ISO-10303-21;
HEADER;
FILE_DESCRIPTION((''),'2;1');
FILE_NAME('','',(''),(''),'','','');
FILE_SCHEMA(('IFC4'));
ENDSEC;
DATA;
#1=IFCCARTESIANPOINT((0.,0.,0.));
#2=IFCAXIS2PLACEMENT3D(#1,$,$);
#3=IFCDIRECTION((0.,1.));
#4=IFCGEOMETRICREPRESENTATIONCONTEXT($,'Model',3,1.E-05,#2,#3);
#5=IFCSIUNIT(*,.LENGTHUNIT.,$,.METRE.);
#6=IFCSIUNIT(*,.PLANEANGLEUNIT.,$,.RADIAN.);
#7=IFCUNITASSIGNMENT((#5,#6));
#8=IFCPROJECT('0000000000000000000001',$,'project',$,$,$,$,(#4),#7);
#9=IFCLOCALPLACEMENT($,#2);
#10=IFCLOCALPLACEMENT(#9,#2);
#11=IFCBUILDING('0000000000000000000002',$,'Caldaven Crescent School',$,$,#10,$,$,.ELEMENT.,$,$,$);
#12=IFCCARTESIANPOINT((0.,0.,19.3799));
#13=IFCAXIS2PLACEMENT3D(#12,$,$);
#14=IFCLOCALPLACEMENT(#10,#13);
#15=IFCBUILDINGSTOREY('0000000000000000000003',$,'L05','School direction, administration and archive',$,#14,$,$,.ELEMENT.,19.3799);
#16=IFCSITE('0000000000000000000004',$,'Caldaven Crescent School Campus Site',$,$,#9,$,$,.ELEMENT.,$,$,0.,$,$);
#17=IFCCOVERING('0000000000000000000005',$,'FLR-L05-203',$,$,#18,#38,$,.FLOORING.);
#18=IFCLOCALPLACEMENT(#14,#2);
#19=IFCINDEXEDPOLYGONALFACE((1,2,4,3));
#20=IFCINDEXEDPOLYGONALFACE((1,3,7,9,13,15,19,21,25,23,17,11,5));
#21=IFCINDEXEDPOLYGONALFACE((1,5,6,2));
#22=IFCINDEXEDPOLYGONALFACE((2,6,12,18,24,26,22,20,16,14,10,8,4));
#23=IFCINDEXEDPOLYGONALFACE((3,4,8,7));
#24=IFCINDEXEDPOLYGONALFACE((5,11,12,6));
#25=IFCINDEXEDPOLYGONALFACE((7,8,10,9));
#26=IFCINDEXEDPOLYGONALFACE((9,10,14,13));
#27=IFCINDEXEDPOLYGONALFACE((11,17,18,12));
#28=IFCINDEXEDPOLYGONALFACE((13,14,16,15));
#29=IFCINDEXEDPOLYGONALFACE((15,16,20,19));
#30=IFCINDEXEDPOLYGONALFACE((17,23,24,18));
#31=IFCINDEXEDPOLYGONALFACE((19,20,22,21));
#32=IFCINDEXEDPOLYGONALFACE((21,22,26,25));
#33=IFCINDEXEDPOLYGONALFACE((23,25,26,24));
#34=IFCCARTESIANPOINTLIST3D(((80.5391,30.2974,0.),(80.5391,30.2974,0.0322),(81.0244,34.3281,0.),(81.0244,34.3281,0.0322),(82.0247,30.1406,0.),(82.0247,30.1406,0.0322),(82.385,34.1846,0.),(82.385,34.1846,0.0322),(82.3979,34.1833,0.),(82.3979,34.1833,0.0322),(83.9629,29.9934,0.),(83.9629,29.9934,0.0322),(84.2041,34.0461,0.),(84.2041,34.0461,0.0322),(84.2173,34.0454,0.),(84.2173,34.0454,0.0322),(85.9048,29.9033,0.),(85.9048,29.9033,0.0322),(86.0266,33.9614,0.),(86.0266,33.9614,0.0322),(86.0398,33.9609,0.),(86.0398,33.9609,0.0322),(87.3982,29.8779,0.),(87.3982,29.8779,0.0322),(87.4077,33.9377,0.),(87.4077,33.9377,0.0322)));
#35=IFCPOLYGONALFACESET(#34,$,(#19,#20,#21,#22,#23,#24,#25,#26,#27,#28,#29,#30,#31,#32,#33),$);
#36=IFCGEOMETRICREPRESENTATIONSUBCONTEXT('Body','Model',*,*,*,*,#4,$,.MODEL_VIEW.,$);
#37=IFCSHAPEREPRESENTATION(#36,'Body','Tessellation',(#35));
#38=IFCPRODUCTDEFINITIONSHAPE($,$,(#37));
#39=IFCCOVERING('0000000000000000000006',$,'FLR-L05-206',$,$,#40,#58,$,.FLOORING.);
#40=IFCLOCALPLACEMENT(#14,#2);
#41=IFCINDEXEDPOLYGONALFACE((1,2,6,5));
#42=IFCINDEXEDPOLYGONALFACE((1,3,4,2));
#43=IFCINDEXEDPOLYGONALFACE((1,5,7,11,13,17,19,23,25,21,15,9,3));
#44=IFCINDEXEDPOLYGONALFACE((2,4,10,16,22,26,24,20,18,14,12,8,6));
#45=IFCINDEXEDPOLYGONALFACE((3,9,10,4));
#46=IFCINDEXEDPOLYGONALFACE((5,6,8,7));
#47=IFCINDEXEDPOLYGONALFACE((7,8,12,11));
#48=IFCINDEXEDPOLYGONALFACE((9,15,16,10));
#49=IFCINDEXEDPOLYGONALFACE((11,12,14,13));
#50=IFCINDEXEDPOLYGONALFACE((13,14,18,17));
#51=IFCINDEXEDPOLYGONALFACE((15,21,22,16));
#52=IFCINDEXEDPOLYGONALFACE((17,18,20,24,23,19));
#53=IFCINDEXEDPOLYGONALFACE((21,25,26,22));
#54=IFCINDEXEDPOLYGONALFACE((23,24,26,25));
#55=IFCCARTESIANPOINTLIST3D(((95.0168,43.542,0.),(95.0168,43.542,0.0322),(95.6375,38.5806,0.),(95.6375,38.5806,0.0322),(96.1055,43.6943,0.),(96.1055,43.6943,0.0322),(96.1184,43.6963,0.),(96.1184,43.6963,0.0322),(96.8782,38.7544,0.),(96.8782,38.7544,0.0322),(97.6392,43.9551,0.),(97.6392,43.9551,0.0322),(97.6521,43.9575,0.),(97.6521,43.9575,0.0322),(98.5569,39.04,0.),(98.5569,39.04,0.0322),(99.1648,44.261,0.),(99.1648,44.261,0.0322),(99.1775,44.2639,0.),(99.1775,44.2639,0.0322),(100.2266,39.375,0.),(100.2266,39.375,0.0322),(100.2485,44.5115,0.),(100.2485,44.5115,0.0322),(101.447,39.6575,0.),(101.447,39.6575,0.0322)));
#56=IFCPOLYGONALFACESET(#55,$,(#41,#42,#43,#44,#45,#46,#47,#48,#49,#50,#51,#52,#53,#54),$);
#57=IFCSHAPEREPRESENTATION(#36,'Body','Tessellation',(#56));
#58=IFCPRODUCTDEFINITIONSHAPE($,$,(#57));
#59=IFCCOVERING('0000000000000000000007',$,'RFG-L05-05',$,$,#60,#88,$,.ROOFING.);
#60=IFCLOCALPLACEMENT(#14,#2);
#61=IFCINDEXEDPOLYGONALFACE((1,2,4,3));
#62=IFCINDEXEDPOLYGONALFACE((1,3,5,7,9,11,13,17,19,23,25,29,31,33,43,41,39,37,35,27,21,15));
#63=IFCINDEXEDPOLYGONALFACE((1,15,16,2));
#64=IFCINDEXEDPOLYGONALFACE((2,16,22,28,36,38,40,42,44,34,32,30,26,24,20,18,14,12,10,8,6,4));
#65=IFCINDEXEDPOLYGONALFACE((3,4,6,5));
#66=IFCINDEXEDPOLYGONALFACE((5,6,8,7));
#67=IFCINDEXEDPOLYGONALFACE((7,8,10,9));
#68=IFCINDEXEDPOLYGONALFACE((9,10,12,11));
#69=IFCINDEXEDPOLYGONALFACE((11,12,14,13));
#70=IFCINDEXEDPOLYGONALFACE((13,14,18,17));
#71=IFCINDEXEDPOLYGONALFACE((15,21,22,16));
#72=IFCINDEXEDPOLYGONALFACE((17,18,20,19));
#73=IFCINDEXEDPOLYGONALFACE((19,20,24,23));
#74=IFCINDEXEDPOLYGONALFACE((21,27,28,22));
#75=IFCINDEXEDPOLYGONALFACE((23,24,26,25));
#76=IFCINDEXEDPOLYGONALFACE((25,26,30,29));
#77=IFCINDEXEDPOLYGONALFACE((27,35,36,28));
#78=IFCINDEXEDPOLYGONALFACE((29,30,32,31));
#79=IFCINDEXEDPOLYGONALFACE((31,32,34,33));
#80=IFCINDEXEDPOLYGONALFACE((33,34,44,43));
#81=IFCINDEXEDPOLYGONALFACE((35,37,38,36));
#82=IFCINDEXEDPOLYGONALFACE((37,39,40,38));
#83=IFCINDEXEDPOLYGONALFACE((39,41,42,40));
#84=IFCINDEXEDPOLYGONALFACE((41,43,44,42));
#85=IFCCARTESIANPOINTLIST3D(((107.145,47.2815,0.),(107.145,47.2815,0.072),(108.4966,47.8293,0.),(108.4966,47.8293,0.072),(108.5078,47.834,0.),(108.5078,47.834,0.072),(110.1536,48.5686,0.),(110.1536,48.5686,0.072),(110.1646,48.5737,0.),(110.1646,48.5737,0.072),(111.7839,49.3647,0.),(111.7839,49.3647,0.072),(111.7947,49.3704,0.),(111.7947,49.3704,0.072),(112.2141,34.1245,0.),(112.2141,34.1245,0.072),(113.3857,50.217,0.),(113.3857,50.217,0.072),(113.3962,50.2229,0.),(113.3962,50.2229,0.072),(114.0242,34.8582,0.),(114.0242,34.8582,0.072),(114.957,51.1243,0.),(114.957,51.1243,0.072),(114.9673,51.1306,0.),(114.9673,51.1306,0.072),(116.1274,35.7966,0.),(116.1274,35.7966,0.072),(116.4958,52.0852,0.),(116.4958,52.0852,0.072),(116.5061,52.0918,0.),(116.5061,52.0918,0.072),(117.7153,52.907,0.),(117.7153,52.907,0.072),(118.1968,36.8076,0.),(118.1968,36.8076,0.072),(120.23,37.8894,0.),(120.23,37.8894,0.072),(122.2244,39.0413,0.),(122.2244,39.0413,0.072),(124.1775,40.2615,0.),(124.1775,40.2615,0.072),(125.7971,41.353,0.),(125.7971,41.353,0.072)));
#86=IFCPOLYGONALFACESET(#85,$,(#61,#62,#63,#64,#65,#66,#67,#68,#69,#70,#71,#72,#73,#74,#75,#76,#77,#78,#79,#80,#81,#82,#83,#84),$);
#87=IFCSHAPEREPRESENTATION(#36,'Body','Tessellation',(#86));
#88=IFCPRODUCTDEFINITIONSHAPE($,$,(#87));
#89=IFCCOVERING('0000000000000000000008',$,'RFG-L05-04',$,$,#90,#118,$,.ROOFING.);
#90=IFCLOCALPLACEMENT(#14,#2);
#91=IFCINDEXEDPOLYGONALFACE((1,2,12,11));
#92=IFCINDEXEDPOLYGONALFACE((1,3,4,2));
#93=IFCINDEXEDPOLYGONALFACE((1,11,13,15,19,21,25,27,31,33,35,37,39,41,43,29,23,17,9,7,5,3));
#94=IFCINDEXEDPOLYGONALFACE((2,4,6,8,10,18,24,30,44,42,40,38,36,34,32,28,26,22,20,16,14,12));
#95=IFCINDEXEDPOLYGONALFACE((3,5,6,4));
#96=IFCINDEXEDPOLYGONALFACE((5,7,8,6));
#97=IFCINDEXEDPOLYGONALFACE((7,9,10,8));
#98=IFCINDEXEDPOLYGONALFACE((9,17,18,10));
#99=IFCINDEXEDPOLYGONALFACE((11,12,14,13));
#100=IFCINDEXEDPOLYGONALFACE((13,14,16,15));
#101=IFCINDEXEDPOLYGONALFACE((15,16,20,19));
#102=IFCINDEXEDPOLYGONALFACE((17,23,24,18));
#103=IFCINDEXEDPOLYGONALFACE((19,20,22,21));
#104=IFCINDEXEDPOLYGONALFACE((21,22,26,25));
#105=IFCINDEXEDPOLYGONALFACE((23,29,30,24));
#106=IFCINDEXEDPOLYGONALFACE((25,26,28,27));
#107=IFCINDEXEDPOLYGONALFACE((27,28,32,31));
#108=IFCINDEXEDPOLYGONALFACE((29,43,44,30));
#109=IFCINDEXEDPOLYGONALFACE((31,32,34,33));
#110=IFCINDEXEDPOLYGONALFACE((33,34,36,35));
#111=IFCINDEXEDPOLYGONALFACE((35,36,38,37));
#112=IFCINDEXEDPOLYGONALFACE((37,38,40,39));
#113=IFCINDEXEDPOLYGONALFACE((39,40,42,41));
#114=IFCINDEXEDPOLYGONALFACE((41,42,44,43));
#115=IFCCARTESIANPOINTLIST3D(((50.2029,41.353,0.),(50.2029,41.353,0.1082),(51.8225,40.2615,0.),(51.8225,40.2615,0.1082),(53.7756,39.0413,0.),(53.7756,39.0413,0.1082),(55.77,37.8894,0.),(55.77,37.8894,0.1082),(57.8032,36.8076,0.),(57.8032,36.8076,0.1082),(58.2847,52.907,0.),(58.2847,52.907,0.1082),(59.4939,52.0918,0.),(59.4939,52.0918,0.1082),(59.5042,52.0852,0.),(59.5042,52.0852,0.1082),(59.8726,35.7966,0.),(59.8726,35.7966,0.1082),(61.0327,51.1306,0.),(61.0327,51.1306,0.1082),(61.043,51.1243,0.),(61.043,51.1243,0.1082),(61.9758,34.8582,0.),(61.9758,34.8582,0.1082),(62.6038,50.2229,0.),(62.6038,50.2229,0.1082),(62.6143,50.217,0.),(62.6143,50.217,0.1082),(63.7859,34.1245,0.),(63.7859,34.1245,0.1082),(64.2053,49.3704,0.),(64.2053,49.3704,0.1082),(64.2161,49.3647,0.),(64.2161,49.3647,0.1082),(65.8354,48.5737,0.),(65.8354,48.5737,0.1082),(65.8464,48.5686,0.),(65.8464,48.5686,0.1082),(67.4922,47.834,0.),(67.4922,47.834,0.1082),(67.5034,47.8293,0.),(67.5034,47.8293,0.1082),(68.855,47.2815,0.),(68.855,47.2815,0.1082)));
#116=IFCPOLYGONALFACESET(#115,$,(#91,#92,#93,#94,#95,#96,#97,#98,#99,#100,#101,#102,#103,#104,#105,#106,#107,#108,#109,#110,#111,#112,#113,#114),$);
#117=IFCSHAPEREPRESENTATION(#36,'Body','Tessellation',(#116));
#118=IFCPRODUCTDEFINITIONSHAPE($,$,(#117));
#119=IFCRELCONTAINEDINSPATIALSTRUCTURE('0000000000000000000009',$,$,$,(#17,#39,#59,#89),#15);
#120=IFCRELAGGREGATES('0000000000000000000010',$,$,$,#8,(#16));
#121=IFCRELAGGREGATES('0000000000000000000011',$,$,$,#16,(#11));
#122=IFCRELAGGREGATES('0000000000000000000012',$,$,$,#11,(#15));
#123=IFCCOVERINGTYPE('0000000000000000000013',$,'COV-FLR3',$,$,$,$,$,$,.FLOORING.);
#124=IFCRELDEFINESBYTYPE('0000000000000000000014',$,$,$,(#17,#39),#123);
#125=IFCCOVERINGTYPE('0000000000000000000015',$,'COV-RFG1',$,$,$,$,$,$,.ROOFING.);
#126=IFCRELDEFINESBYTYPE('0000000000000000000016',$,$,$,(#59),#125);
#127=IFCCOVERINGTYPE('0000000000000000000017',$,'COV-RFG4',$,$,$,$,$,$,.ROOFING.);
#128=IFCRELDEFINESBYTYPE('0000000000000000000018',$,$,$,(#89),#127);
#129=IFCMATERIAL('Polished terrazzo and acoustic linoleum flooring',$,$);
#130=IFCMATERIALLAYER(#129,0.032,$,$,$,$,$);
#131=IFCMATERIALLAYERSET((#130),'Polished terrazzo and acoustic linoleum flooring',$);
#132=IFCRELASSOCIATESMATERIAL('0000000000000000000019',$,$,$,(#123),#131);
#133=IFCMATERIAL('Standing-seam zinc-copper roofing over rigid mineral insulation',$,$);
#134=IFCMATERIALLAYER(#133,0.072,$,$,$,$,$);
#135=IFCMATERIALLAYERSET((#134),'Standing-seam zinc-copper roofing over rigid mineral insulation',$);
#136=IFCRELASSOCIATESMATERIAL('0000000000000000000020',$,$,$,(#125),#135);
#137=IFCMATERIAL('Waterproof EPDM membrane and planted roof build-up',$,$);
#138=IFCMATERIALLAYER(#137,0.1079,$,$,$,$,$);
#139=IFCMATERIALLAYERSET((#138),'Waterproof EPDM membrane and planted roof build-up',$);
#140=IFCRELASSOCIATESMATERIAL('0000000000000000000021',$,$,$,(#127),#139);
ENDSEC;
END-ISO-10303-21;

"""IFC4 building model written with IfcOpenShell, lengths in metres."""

from ifc_helpers import new_model, si_unit, direction, frame, origin, place, context, subcontext, project, spatial, polyline, outline, extrude, material, layer, layer_set, type_object, element, save


model = new_model("IFC4")

# Units and contexts
model_context = context("Model", 3, precision=1e-05, world=origin(), true_north=direction((0.0, 1.0)))
body_context = subcontext(model_context, "Body", "Model", "MODEL_VIEW")
ifc_project = project(units=[si_unit("LENGTHUNIT", "METRE"), si_unit("PLANEANGLEUNIT", "RADIAN")], contexts=[model_context])

# Site, building, storey
site_placement = place(None, origin())
site = spatial("IfcSite", under=ifc_project, at=site_placement, Name="Caldaven Crescent School Campus Site", CompositionType="ELEMENT", RefElevation=0.0)
building_placement = place(site_placement, origin())
building = spatial("IfcBuilding", under=site, at=building_placement, Name="Caldaven Crescent School", CompositionType="ELEMENT")
storey_placement = place(building_placement, frame((0.0, 0.0, 19.3799)))
storey = spatial("IfcBuildingStorey", under=building, at=storey_placement, Name="L05", Description="School direction, administration and archive", CompositionType="ELEMENT", Elevation=19.3799)

# Coverings
ifc_material_1 = material(Name="Polished terrazzo and acoustic linoleum flooring")
ifc_layer_1 = layer(ifc_material_1, 0.032)
ifc_layer_set_1 = layer_set([ifc_layer_1], Name="Polished terrazzo and acoustic linoleum flooring")
covering_type_1 = type_object("IfcCoveringType", Name="COV-FLR3", PredefinedType="FLOORING", material=ifc_layer_set_1)
covering_1_placement = place(storey_placement, origin())
element("IfcCovering", 1, at=covering_1_placement, inside=storey, type_object=covering_type_1, Name="FLR-L05-203", PredefinedType="FLOORING", context=body_context, shape_type="SweptSolid", body=[
    extrude(outline(polyline([(81.0244, 34.3281), (82.385, 34.1846), (82.3979, 34.1833), (84.2041, 34.0461), (84.2173, 34.0454), (86.0266, 33.9614), (86.0398, 33.9609), (87.4077, 33.9377), (87.3982, 29.8779), (85.9048, 29.9033), (83.9629, 29.9934), (82.0247, 30.1406), (80.5391, 30.2974), (81.0244, 34.3281)])), origin(), (0.0, 0.0, 1.0), 0.0322),
])
covering_2_placement = place(storey_placement, origin())
element("IfcCovering", 2, at=covering_2_placement, inside=storey, type_object=covering_type_1, Name="FLR-L05-206", PredefinedType="FLOORING", context=body_context, shape_type="SweptSolid", body=[
    extrude(outline(polyline([(95.0168, 43.542), (96.1055, 43.6943), (96.1184, 43.6963), (97.6392, 43.9551), (97.6521, 43.9575), (99.1648, 44.261), (99.1775, 44.2639), (100.2485, 44.5115), (101.447, 39.6575), (100.2266, 39.375), (98.5569, 39.04), (96.8782, 38.7544), (95.6375, 38.5806), (95.0168, 43.542)])), origin(), (0.0, 0.0, 1.0), 0.0322),
])
ifc_material_2 = material(Name="Standing-seam zinc-copper roofing over rigid mineral insulation")
ifc_layer_2 = layer(ifc_material_2, 0.072)
ifc_layer_set_2 = layer_set([ifc_layer_2], Name="Standing-seam zinc-copper roofing over rigid mineral insulation")
covering_type_2 = type_object("IfcCoveringType", Name="COV-RFG1", PredefinedType="ROOFING", material=ifc_layer_set_2)
covering_3_placement = place(storey_placement, origin())
element("IfcCovering", 3, at=covering_3_placement, inside=storey, type_object=covering_type_2, Name="RFG-L05-05", PredefinedType="ROOFING", context=body_context, shape_type="SweptSolid", body=[
    extrude(outline(polyline([(112.2141, 34.1245), (107.145, 47.2815), (108.4966, 47.8293), (108.5078, 47.834), (110.1536, 48.5686), (110.1646, 48.5737), (111.7839, 49.3647), (111.7947, 49.3704), (113.3857, 50.217), (113.3962, 50.2229), (114.957, 51.1243), (114.9673, 51.1306), (116.4958, 52.0852), (116.5061, 52.0918), (117.7153, 52.907), (125.7971, 41.353), (124.1775, 40.2615), (122.2244, 39.0413), (120.23, 37.8894), (118.1968, 36.8076), (116.1274, 35.7966), (114.0242, 34.8582), (112.2141, 34.1245)])), origin(), (0.0, 0.0, 1.0), 0.072),
])
ifc_material_3 = material(Name="Waterproof EPDM membrane and planted roof build-up")
ifc_layer_3 = layer(ifc_material_3, 0.1079)
ifc_layer_set_3 = layer_set([ifc_layer_3], Name="Waterproof EPDM membrane and planted roof build-up")
covering_type_3 = type_object("IfcCoveringType", Name="COV-RFG4", PredefinedType="ROOFING", material=ifc_layer_set_3)
covering_4_placement = place(storey_placement, origin())
element("IfcCovering", 4, at=covering_4_placement, inside=storey, type_object=covering_type_3, Name="RFG-L05-04", PredefinedType="ROOFING", context=body_context, shape_type="SweptSolid", body=[
    extrude(outline(polyline([(50.2029, 41.353), (58.2847, 52.907), (59.4939, 52.0918), (59.5042, 52.0852), (61.0327, 51.1306), (61.043, 51.1243), (62.6038, 50.2229), (62.6143, 50.217), (64.2053, 49.3704), (64.2161, 49.3647), (65.8354, 48.5737), (65.8464, 48.5686), (67.4922, 47.834), (67.5034, 47.8293), (68.855, 47.2815), (63.7859, 34.1245), (61.9758, 34.8582), (59.8726, 35.7966), (57.8032, 36.8076), (55.77, 37.8894), (53.7756, 39.0413), (51.8225, 40.2615), (50.2029, 41.353)])), origin(), (0.0, 0.0, 1.0), 0.1082),
])

save(model, "model.ifc")
